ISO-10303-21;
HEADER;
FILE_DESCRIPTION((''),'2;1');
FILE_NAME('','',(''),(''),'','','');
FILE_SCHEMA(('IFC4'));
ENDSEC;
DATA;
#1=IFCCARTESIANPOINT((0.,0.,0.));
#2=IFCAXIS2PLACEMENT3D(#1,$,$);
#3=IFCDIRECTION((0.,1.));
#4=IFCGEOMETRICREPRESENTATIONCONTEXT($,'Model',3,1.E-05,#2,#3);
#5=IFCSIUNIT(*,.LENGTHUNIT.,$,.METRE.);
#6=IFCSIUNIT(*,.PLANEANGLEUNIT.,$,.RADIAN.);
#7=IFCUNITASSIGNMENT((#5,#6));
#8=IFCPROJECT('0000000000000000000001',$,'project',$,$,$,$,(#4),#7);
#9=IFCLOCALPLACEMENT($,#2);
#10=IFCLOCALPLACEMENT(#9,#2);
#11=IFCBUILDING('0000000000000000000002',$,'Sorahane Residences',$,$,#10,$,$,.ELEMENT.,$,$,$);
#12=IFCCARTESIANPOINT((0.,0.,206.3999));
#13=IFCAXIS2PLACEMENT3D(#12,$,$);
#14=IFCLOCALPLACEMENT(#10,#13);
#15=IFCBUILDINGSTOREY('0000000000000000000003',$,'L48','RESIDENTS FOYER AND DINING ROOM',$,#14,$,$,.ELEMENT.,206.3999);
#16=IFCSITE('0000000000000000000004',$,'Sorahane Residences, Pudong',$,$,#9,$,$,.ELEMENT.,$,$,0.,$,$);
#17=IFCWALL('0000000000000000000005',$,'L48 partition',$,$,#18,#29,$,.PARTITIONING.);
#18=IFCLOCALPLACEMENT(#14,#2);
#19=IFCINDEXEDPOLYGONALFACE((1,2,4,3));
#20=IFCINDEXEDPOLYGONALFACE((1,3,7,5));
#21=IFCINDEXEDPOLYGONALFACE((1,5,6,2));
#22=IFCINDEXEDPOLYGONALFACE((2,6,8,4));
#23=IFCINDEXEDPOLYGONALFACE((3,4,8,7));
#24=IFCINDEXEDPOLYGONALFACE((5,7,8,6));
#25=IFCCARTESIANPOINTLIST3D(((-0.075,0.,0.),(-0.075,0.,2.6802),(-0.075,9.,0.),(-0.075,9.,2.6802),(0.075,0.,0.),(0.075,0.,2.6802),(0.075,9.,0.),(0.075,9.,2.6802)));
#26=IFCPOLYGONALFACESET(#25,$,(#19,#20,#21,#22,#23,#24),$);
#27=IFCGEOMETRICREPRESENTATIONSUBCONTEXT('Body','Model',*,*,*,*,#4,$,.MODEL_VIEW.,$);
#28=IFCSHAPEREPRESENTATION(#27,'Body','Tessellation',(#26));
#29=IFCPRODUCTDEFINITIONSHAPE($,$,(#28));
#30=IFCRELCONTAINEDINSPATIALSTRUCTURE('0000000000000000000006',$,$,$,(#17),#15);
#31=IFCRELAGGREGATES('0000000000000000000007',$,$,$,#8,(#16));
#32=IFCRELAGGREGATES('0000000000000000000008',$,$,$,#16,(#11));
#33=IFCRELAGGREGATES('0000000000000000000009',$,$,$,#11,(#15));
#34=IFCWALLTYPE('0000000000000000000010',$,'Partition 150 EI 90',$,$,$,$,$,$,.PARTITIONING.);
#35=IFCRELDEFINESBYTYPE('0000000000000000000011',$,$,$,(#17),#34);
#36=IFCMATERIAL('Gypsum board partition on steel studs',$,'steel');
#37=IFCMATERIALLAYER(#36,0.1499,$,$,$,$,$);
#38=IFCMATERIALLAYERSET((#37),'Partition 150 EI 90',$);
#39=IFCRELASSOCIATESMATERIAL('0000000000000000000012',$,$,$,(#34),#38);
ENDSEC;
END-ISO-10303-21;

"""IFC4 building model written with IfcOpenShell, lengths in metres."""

from ifc_helpers import new_model, si_unit, direction, frame, frame_2d, origin, place, context, subcontext, project, spatial, rectangle, extrude, material, layer, layer_set, type_object, element, save


model = new_model("IFC4")

# Units and contexts
model_context = context("Model", 3, precision=1e-05, world=origin(), true_north=direction((0.0, 1.0)))
body_context = subcontext(model_context, "Body", "Model", "MODEL_VIEW")
ifc_project = project(units=[si_unit("LENGTHUNIT", "METRE"), si_unit("PLANEANGLEUNIT", "RADIAN")], contexts=[model_context])

# Site, building, storey
site_placement = place(None, origin())
site = spatial("IfcSite", under=ifc_project, at=site_placement, Name="Sorahane Residences, Pudong", CompositionType="ELEMENT", RefElevation=0.0)
building_placement = place(site_placement, origin())
building = spatial("IfcBuilding", under=site, at=building_placement, Name="Sorahane Residences", CompositionType="ELEMENT")
storey_placement = place(building_placement, frame((0.0, 0.0, 206.3999)))
storey = spatial("IfcBuildingStorey", under=building, at=storey_placement, Name="L48", Description="RESIDENTS FOYER AND DINING ROOM", CompositionType="ELEMENT", Elevation=206.3999)

# Wall
ifc_material_1 = material(Name="Gypsum board partition on steel studs", Category="steel")
ifc_layer_1 = layer(ifc_material_1, 0.1499)
ifc_layer_set_1 = layer_set([ifc_layer_1], Name="Partition 150 EI 90")
wall_type = type_object("IfcWallType", Name="Partition 150 EI 90", PredefinedType="PARTITIONING", material=ifc_layer_set_1)
wall_1_placement = place(storey_placement, frame((0.0, 0.0, 0.0), z_axis=(0.0, 0.0, 1.0), x_axis=(0.0, 1.0, 0.0)))
element("IfcWall", 1, at=wall_1_placement, inside=storey, type_object=wall_type, Name="L48 partition", PredefinedType="PARTITIONING", context=body_context, shape_type="SweptSolid", body=[
    extrude(rectangle(XDim=9.0, YDim=0.1499, at=frame_2d((4.5, 0.0))), origin(), (0.0, 0.0, 1.0), 2.6802),
])

save(model, "model.ifc")
